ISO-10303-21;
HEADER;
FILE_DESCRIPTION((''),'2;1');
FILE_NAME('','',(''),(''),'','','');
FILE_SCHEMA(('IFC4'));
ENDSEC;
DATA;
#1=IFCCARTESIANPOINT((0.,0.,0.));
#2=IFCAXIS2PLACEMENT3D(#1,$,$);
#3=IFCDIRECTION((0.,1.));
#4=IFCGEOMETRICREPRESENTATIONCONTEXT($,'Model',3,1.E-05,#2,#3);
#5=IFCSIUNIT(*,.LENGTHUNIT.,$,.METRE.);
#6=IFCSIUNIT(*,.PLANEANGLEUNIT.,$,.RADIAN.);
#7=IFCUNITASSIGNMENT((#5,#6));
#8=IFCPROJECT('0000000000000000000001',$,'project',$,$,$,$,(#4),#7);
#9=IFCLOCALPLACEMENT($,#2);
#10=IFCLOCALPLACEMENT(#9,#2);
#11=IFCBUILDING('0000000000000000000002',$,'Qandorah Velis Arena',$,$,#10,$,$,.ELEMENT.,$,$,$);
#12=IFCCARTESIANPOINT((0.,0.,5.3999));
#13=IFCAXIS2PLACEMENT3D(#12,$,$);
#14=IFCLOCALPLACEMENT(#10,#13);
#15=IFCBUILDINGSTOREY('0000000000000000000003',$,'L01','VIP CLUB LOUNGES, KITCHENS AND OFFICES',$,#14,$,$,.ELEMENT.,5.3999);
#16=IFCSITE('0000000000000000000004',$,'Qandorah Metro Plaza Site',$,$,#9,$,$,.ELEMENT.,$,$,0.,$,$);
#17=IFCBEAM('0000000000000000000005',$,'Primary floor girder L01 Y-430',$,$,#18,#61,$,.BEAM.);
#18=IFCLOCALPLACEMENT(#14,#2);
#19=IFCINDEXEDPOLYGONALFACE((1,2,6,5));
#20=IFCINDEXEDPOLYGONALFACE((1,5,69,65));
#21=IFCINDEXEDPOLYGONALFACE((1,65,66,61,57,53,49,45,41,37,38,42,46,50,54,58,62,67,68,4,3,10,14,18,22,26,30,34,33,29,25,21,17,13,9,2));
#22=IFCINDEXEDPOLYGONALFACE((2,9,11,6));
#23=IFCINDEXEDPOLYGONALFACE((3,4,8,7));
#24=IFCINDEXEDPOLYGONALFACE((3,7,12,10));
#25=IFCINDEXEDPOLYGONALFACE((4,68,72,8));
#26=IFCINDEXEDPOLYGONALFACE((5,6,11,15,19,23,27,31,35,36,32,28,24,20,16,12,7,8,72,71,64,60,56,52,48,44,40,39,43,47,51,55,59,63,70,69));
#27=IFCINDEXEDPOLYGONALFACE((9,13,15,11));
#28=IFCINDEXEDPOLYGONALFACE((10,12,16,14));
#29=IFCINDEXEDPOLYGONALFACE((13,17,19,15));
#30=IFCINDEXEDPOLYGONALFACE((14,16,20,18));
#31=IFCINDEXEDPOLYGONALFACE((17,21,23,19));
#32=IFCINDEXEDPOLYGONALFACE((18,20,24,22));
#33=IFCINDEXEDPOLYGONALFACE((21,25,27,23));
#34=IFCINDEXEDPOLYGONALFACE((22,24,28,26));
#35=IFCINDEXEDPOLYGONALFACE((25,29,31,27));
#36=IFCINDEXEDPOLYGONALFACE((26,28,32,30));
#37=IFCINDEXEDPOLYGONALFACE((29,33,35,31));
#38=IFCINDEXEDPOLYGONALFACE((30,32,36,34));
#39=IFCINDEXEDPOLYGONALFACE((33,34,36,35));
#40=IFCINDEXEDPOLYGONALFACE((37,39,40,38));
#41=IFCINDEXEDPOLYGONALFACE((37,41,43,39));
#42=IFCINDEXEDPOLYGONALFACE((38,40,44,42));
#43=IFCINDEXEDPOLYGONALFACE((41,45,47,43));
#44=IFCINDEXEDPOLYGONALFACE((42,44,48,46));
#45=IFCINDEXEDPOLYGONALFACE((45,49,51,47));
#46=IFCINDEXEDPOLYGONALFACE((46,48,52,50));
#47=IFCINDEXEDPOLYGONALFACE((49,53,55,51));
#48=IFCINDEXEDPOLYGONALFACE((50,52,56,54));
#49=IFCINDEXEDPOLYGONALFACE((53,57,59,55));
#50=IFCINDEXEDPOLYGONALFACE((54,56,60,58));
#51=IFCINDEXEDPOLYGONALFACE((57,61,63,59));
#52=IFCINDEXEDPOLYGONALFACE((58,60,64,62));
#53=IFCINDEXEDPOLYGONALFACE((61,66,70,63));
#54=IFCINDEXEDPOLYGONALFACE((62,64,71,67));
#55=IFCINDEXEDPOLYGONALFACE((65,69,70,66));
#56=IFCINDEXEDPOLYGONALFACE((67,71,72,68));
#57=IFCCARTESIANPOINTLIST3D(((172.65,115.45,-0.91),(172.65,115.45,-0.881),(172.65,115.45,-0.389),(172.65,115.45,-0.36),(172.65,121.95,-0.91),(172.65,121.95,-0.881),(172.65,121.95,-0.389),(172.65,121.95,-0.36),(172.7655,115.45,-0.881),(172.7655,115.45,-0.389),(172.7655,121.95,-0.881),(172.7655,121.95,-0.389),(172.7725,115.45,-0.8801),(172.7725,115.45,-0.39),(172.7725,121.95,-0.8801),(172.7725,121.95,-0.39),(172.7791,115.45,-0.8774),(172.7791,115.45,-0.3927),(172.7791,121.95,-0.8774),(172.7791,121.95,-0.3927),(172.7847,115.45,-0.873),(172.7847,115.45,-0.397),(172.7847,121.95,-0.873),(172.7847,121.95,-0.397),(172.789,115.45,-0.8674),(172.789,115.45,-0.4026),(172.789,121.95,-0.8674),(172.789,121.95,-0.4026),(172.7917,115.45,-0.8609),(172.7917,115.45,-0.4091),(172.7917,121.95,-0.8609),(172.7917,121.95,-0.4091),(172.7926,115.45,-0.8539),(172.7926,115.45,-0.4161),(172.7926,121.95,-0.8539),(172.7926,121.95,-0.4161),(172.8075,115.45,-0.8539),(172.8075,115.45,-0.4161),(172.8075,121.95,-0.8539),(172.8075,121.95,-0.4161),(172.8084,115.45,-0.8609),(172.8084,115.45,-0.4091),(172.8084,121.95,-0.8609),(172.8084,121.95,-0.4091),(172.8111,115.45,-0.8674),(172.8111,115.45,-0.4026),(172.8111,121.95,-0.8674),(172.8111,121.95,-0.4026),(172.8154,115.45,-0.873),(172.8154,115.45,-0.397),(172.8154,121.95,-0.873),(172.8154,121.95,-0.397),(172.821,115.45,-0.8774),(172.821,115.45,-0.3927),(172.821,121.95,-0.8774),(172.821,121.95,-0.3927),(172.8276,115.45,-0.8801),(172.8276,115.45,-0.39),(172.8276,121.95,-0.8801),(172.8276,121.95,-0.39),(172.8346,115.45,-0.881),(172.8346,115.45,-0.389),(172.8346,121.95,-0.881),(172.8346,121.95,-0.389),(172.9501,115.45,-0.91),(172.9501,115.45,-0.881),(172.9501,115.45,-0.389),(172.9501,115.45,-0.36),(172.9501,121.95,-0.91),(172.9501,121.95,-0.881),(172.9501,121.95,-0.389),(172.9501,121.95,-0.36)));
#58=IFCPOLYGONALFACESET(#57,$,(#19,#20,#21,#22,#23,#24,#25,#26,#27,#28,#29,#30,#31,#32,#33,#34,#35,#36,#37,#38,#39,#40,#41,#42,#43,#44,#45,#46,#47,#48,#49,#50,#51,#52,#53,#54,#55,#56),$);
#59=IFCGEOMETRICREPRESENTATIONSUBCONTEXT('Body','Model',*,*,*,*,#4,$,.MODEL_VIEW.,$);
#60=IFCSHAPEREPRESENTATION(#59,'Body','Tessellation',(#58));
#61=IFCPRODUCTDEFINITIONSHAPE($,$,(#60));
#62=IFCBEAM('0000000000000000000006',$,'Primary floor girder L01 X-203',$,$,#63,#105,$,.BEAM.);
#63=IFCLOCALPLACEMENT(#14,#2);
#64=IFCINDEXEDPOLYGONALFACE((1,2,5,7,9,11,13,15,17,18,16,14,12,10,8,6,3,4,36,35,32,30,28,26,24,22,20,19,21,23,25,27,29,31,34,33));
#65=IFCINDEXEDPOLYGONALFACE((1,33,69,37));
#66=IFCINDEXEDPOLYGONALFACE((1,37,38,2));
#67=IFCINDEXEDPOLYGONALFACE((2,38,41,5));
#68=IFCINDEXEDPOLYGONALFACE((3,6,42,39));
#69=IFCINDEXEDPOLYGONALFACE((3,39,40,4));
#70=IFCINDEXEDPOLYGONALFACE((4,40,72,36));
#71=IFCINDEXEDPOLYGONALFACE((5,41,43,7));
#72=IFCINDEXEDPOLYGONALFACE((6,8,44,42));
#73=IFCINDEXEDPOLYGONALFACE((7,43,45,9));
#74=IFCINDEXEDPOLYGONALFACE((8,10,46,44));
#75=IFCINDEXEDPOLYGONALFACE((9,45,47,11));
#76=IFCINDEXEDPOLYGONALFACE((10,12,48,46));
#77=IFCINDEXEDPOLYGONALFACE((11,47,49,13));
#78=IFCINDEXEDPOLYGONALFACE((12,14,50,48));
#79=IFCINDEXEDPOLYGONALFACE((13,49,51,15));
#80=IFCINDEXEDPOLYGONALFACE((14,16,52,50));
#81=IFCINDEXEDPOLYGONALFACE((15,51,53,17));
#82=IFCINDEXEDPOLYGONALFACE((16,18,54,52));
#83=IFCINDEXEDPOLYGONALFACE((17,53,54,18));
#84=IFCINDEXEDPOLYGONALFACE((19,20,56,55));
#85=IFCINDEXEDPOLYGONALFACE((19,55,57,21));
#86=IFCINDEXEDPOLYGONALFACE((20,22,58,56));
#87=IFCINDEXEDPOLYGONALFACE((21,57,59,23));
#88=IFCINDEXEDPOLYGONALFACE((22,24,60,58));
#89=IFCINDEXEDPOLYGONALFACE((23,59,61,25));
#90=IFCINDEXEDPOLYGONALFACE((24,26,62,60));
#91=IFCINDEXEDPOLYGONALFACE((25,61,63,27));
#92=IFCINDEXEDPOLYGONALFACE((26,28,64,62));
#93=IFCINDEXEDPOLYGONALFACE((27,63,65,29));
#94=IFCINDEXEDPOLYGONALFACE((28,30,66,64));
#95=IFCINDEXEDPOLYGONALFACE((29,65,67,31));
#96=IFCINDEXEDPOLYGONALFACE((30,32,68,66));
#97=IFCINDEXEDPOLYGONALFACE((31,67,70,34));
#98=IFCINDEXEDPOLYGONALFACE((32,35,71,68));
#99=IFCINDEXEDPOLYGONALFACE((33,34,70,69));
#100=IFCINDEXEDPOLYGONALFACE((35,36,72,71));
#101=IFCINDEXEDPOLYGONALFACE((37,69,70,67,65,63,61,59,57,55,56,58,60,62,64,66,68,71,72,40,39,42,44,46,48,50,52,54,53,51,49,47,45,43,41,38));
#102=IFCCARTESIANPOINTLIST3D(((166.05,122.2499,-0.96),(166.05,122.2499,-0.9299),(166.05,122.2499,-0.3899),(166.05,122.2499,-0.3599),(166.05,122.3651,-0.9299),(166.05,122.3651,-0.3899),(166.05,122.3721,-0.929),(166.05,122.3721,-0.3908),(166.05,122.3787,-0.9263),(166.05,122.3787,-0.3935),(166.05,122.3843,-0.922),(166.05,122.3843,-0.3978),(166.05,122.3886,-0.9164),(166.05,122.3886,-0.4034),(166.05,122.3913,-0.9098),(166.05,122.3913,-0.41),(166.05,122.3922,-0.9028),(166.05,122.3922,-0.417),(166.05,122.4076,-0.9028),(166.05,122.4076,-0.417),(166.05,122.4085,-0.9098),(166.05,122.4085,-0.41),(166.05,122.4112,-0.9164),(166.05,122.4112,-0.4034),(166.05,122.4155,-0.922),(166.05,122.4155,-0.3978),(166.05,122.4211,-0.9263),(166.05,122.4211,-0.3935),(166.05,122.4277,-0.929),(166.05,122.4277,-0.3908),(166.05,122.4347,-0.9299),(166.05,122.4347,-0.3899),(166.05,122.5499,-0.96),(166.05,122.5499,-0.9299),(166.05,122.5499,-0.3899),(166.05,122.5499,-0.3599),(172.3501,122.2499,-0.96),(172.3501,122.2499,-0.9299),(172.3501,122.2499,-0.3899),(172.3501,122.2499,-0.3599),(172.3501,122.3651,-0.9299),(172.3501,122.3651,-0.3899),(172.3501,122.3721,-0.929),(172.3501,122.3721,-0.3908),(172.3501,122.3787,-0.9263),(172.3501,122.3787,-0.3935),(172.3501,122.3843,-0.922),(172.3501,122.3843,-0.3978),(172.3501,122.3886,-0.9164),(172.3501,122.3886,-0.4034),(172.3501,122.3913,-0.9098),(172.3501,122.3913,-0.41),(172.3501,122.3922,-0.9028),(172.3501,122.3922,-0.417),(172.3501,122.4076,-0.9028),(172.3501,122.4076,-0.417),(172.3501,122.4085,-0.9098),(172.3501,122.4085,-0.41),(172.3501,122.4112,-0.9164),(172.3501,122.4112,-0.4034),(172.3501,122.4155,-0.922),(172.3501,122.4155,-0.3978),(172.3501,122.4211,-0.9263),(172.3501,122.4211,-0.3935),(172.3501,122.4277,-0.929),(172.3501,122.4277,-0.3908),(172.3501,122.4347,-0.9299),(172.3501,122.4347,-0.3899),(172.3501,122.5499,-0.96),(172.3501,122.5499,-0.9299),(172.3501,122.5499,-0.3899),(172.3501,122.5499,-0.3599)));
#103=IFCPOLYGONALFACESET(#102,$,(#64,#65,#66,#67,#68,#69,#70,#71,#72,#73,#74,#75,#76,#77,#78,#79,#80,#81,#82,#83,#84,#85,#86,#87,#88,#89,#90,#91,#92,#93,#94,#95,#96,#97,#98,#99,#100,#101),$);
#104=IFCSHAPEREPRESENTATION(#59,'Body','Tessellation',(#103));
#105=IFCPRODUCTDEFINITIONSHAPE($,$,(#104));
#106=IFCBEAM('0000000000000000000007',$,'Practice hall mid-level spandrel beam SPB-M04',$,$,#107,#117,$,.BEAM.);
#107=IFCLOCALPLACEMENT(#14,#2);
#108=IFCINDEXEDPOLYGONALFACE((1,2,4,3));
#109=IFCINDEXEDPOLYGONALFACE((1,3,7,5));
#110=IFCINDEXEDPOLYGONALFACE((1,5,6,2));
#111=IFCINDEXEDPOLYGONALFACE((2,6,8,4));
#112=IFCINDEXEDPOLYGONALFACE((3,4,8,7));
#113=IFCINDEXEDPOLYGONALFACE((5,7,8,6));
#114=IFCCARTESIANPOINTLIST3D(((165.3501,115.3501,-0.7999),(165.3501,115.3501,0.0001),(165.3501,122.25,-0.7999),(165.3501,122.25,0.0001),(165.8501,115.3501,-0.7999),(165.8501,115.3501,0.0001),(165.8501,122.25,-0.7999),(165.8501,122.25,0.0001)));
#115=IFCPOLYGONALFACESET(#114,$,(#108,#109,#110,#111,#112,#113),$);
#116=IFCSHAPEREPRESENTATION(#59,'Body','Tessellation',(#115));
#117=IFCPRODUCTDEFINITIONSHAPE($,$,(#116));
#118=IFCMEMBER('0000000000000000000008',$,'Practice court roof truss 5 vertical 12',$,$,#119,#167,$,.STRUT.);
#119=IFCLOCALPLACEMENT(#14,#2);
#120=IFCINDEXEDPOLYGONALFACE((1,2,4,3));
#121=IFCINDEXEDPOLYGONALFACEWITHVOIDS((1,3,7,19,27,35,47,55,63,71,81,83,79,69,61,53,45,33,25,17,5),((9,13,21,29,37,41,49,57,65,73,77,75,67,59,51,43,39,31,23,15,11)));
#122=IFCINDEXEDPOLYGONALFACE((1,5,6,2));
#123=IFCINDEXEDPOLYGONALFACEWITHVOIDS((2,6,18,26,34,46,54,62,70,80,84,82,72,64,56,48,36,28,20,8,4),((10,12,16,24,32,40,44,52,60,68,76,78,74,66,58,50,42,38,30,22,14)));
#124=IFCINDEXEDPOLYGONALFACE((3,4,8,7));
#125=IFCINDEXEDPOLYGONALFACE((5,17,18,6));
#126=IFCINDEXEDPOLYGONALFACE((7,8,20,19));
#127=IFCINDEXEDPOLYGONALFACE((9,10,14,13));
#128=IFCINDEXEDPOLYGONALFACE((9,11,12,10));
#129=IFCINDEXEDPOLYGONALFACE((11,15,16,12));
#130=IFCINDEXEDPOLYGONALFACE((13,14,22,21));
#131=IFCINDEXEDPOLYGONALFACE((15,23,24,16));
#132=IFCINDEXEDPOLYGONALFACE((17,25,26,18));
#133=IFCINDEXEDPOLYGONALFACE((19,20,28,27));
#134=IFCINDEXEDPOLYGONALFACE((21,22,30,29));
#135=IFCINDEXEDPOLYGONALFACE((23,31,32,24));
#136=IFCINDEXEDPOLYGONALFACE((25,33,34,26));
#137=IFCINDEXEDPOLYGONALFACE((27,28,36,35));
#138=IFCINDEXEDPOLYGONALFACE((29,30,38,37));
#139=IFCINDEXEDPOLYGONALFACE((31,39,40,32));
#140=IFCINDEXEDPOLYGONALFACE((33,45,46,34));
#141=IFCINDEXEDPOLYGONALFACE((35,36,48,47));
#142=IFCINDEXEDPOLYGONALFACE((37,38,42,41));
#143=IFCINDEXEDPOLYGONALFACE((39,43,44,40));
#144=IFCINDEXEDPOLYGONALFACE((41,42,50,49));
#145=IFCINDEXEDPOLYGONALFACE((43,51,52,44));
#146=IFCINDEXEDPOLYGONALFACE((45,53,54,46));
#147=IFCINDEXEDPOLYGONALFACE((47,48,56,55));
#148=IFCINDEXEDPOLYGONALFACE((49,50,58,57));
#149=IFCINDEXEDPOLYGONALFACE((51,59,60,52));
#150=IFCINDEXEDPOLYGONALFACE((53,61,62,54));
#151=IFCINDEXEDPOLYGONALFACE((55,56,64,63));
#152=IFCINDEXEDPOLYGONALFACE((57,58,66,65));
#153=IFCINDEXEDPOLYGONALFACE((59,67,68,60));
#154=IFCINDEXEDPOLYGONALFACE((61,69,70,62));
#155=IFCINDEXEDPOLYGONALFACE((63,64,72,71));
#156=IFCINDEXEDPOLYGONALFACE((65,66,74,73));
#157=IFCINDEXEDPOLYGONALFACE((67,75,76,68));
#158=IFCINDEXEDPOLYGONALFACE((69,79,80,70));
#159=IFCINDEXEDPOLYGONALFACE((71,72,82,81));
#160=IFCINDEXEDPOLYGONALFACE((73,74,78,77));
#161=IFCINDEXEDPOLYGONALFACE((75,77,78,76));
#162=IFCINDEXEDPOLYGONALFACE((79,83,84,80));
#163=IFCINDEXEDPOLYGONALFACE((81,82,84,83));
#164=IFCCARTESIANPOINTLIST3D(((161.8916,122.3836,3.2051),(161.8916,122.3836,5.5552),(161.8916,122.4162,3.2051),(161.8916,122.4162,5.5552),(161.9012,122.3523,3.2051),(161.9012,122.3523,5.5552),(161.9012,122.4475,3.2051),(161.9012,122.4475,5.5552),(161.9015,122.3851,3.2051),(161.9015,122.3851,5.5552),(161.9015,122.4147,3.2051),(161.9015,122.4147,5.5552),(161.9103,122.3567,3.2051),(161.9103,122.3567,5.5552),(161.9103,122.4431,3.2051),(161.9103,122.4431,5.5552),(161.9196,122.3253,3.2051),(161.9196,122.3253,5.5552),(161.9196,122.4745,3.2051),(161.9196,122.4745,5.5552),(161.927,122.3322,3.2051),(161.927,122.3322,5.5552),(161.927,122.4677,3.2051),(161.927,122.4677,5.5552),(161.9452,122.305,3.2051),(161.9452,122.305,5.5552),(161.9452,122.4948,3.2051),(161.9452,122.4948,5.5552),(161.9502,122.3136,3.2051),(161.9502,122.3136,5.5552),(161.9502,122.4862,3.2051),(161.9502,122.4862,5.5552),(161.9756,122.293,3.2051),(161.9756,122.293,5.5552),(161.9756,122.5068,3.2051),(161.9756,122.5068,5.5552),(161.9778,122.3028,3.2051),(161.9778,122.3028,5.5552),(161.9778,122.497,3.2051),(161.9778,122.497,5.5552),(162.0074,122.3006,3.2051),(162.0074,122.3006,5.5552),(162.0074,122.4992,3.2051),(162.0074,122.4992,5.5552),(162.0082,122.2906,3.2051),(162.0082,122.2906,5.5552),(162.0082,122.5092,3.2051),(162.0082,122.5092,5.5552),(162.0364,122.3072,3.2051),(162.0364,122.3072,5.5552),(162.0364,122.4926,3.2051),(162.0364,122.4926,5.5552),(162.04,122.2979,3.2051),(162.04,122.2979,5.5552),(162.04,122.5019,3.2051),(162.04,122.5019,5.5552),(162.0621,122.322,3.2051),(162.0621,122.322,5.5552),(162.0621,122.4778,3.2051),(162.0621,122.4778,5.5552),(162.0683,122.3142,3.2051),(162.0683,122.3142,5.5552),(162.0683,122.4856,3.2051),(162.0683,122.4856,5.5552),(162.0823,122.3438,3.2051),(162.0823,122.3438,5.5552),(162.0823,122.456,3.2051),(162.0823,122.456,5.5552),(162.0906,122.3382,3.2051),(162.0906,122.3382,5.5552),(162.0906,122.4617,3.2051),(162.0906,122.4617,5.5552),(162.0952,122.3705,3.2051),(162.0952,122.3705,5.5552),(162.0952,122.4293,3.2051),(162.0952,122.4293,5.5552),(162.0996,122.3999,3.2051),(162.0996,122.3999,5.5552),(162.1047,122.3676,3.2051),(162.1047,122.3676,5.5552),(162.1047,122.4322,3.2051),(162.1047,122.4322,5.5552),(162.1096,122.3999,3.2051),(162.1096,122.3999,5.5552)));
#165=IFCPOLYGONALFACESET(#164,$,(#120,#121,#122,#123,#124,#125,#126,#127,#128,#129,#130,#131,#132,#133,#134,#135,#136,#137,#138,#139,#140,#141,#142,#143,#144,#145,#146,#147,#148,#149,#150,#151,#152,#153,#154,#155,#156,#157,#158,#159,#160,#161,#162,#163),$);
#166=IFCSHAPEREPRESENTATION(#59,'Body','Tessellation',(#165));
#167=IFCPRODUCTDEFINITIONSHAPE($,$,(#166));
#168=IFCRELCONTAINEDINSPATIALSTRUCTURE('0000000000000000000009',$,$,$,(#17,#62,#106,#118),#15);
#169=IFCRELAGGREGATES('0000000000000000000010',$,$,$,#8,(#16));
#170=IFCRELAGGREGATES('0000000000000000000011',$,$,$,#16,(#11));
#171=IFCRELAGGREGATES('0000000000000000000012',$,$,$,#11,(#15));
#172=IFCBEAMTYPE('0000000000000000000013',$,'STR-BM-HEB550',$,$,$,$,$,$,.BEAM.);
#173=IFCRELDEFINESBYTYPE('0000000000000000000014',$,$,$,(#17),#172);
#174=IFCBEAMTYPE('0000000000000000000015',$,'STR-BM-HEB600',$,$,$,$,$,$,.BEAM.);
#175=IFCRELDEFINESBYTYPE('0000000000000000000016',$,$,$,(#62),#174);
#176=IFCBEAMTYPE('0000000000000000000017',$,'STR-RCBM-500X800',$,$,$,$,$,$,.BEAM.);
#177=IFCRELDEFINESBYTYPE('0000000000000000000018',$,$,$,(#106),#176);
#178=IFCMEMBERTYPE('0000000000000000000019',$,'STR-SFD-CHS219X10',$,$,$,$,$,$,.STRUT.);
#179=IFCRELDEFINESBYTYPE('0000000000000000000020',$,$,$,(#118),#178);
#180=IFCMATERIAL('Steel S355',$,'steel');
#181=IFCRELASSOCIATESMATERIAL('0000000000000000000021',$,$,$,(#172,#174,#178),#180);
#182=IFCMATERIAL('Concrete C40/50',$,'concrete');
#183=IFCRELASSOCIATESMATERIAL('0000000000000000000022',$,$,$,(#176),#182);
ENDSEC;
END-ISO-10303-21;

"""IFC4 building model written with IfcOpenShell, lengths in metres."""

from ifc_helpers import new_model, si_unit, direction, frame, origin, origin_2d, place, context, subcontext, project, spatial, rectangle, hollow_circle, i_section, extrude, material, material_profile, profile_set, type_object, element, save


model = new_model("IFC4")

# Units and contexts
model_context = context("Model", 3, precision=1e-05, world=origin(), true_north=direction((0.0, 1.0)))
body_context = subcontext(model_context, "Body", "Model", "MODEL_VIEW")
ifc_project = project(units=[si_unit("LENGTHUNIT", "METRE"), si_unit("PLANEANGLEUNIT", "RADIAN")], contexts=[model_context])

# Site, building, storey
site_placement = place(None, origin())
site = spatial("IfcSite", under=ifc_project, at=site_placement, Name="Qandorah Metro Plaza Site", CompositionType="ELEMENT", RefElevation=0.0)
building_placement = place(site_placement, origin())
building = spatial("IfcBuilding", under=site, at=building_placement, Name="Qandorah Velis Arena", CompositionType="ELEMENT")
storey_placement = place(building_placement, frame((0.0, 0.0, 5.3999)))
storey = spatial("IfcBuildingStorey", under=building, at=storey_placement, Name="L01", Description="VIP CLUB LOUNGES, KITCHENS AND OFFICES", CompositionType="ELEMENT", Elevation=5.3999)

# Shared definitions
ifc_material_1 = material(Name="Concrete C40/50", Category="concrete")

# Beams
ifc_material_2 = material(Name="Steel S355", Category="steel")
ifc_material_profile_1 = material_profile(ifc_material_2, i_section(OverallWidth=0.3, OverallDepth=0.55, WebThickness=0.0149, FlangeThickness=0.0291, FilletRadius=0.0271, at=origin_2d()), Name="HEB 550")
ifc_profile_set_1 = profile_set([ifc_material_profile_1], Name="Steel S355")
beam_type_1 = type_object("IfcBeamType", Name="STR-BM-HEB550", PredefinedType="BEAM", material=ifc_profile_set_1)
beam_1_placement = place(storey_placement, frame((172.8, 115.45, -0.635), z_axis=(0.0, 1.0, 0.0), x_axis=(-1.0, 0.0, 0.0)))
element("IfcBeam", 1, at=beam_1_placement, inside=storey, type_object=beam_type_1, Name="Primary floor girder L01 Y-430", PredefinedType="BEAM", context=body_context, shape_type="SweptSolid", body=[
    extrude(i_section(OverallWidth=0.3, OverallDepth=0.55, WebThickness=0.0149, FlangeThickness=0.0291, FilletRadius=0.0271, at=origin_2d()), origin(), (0.0, 0.0, 1.0), 6.5),
])
ifc_material_profile_2 = material_profile(ifc_material_2, i_section(OverallWidth=0.3, OverallDepth=0.6001, WebThickness=0.0154, FlangeThickness=0.03, FilletRadius=0.0271, at=origin_2d()), Name="HEB 600")
ifc_profile_set_2 = profile_set([ifc_material_profile_2], Name="Steel S355")
beam_type_2 = type_object("IfcBeamType", Name="STR-BM-HEB600", PredefinedType="BEAM", material=ifc_profile_set_2)
beam_2_placement = place(storey_placement, frame((166.05, 122.3999, -0.6599), z_axis=(1.0, 0.0, 0.0), x_axis=(0.0, 1.0, 0.0)))
element("IfcBeam", 2, at=beam_2_placement, inside=storey, type_object=beam_type_2, Name="Primary floor girder L01 X-203", PredefinedType="BEAM", context=body_context, shape_type="SweptSolid", body=[
    extrude(i_section(OverallWidth=0.3, OverallDepth=0.6001, WebThickness=0.0154, FlangeThickness=0.03, FilletRadius=0.0271, at=origin_2d()), origin(), (0.0, 0.0, 1.0), 6.3),
])
ifc_material_profile_3 = material_profile(ifc_material_1, rectangle(XDim=0.5, YDim=0.8, at=origin_2d()), Name="RC BM 500x800")
ifc_profile_set_3 = profile_set([ifc_material_profile_3], Name="Concrete C40/50")
beam_type_3 = type_object("IfcBeamType", Name="STR-RCBM-500X800", PredefinedType="BEAM", material=ifc_profile_set_3)
beam_3_placement = place(storey_placement, frame((165.6001, 115.3501, -0.3999), z_axis=(0.0, 1.0, 0.0), x_axis=(-1.0, 0.0, 0.0)))
element("IfcBeam", 3, at=beam_3_placement, inside=storey, type_object=beam_type_3, Name="Practice hall mid-level spandrel beam SPB-M04", PredefinedType="BEAM", context=body_context, shape_type="SweptSolid", body=[
    extrude(rectangle(XDim=0.5, YDim=0.8, at=origin_2d()), origin(), (0.0, 0.0, 1.0), 6.8999),
])

# Member
ifc_material_profile_4 = material_profile(ifc_material_2, hollow_circle(Radius=0.1096, WallThickness=0.01, at=origin_2d()), Name="CHS 219.1x10")
ifc_profile_set_4 = profile_set([ifc_material_profile_4], Name="Steel S355")
member_type_1 = type_object("IfcMemberType", Name="STR-SFD-CHS219X10", PredefinedType="STRUT", material=ifc_profile_set_4)
member_1_placement = place(storey_placement, frame((162.0, 122.3999, 3.2051), z_axis=(0.0, 0.0, 1.0), x_axis=(1.0, 0.0, 0.0)))
element("IfcMember", 4, at=member_1_placement, inside=storey, type_object=member_type_1, Name="Practice court roof truss 5 vertical 12", PredefinedType="STRUT", context=body_context, shape_type="SweptSolid", body=[
    extrude(hollow_circle(Radius=0.1096, WallThickness=0.01, at=origin_2d()), origin(), (0.0, 0.0, 1.0), 2.3501),
])

save(model, "model.ifc")
